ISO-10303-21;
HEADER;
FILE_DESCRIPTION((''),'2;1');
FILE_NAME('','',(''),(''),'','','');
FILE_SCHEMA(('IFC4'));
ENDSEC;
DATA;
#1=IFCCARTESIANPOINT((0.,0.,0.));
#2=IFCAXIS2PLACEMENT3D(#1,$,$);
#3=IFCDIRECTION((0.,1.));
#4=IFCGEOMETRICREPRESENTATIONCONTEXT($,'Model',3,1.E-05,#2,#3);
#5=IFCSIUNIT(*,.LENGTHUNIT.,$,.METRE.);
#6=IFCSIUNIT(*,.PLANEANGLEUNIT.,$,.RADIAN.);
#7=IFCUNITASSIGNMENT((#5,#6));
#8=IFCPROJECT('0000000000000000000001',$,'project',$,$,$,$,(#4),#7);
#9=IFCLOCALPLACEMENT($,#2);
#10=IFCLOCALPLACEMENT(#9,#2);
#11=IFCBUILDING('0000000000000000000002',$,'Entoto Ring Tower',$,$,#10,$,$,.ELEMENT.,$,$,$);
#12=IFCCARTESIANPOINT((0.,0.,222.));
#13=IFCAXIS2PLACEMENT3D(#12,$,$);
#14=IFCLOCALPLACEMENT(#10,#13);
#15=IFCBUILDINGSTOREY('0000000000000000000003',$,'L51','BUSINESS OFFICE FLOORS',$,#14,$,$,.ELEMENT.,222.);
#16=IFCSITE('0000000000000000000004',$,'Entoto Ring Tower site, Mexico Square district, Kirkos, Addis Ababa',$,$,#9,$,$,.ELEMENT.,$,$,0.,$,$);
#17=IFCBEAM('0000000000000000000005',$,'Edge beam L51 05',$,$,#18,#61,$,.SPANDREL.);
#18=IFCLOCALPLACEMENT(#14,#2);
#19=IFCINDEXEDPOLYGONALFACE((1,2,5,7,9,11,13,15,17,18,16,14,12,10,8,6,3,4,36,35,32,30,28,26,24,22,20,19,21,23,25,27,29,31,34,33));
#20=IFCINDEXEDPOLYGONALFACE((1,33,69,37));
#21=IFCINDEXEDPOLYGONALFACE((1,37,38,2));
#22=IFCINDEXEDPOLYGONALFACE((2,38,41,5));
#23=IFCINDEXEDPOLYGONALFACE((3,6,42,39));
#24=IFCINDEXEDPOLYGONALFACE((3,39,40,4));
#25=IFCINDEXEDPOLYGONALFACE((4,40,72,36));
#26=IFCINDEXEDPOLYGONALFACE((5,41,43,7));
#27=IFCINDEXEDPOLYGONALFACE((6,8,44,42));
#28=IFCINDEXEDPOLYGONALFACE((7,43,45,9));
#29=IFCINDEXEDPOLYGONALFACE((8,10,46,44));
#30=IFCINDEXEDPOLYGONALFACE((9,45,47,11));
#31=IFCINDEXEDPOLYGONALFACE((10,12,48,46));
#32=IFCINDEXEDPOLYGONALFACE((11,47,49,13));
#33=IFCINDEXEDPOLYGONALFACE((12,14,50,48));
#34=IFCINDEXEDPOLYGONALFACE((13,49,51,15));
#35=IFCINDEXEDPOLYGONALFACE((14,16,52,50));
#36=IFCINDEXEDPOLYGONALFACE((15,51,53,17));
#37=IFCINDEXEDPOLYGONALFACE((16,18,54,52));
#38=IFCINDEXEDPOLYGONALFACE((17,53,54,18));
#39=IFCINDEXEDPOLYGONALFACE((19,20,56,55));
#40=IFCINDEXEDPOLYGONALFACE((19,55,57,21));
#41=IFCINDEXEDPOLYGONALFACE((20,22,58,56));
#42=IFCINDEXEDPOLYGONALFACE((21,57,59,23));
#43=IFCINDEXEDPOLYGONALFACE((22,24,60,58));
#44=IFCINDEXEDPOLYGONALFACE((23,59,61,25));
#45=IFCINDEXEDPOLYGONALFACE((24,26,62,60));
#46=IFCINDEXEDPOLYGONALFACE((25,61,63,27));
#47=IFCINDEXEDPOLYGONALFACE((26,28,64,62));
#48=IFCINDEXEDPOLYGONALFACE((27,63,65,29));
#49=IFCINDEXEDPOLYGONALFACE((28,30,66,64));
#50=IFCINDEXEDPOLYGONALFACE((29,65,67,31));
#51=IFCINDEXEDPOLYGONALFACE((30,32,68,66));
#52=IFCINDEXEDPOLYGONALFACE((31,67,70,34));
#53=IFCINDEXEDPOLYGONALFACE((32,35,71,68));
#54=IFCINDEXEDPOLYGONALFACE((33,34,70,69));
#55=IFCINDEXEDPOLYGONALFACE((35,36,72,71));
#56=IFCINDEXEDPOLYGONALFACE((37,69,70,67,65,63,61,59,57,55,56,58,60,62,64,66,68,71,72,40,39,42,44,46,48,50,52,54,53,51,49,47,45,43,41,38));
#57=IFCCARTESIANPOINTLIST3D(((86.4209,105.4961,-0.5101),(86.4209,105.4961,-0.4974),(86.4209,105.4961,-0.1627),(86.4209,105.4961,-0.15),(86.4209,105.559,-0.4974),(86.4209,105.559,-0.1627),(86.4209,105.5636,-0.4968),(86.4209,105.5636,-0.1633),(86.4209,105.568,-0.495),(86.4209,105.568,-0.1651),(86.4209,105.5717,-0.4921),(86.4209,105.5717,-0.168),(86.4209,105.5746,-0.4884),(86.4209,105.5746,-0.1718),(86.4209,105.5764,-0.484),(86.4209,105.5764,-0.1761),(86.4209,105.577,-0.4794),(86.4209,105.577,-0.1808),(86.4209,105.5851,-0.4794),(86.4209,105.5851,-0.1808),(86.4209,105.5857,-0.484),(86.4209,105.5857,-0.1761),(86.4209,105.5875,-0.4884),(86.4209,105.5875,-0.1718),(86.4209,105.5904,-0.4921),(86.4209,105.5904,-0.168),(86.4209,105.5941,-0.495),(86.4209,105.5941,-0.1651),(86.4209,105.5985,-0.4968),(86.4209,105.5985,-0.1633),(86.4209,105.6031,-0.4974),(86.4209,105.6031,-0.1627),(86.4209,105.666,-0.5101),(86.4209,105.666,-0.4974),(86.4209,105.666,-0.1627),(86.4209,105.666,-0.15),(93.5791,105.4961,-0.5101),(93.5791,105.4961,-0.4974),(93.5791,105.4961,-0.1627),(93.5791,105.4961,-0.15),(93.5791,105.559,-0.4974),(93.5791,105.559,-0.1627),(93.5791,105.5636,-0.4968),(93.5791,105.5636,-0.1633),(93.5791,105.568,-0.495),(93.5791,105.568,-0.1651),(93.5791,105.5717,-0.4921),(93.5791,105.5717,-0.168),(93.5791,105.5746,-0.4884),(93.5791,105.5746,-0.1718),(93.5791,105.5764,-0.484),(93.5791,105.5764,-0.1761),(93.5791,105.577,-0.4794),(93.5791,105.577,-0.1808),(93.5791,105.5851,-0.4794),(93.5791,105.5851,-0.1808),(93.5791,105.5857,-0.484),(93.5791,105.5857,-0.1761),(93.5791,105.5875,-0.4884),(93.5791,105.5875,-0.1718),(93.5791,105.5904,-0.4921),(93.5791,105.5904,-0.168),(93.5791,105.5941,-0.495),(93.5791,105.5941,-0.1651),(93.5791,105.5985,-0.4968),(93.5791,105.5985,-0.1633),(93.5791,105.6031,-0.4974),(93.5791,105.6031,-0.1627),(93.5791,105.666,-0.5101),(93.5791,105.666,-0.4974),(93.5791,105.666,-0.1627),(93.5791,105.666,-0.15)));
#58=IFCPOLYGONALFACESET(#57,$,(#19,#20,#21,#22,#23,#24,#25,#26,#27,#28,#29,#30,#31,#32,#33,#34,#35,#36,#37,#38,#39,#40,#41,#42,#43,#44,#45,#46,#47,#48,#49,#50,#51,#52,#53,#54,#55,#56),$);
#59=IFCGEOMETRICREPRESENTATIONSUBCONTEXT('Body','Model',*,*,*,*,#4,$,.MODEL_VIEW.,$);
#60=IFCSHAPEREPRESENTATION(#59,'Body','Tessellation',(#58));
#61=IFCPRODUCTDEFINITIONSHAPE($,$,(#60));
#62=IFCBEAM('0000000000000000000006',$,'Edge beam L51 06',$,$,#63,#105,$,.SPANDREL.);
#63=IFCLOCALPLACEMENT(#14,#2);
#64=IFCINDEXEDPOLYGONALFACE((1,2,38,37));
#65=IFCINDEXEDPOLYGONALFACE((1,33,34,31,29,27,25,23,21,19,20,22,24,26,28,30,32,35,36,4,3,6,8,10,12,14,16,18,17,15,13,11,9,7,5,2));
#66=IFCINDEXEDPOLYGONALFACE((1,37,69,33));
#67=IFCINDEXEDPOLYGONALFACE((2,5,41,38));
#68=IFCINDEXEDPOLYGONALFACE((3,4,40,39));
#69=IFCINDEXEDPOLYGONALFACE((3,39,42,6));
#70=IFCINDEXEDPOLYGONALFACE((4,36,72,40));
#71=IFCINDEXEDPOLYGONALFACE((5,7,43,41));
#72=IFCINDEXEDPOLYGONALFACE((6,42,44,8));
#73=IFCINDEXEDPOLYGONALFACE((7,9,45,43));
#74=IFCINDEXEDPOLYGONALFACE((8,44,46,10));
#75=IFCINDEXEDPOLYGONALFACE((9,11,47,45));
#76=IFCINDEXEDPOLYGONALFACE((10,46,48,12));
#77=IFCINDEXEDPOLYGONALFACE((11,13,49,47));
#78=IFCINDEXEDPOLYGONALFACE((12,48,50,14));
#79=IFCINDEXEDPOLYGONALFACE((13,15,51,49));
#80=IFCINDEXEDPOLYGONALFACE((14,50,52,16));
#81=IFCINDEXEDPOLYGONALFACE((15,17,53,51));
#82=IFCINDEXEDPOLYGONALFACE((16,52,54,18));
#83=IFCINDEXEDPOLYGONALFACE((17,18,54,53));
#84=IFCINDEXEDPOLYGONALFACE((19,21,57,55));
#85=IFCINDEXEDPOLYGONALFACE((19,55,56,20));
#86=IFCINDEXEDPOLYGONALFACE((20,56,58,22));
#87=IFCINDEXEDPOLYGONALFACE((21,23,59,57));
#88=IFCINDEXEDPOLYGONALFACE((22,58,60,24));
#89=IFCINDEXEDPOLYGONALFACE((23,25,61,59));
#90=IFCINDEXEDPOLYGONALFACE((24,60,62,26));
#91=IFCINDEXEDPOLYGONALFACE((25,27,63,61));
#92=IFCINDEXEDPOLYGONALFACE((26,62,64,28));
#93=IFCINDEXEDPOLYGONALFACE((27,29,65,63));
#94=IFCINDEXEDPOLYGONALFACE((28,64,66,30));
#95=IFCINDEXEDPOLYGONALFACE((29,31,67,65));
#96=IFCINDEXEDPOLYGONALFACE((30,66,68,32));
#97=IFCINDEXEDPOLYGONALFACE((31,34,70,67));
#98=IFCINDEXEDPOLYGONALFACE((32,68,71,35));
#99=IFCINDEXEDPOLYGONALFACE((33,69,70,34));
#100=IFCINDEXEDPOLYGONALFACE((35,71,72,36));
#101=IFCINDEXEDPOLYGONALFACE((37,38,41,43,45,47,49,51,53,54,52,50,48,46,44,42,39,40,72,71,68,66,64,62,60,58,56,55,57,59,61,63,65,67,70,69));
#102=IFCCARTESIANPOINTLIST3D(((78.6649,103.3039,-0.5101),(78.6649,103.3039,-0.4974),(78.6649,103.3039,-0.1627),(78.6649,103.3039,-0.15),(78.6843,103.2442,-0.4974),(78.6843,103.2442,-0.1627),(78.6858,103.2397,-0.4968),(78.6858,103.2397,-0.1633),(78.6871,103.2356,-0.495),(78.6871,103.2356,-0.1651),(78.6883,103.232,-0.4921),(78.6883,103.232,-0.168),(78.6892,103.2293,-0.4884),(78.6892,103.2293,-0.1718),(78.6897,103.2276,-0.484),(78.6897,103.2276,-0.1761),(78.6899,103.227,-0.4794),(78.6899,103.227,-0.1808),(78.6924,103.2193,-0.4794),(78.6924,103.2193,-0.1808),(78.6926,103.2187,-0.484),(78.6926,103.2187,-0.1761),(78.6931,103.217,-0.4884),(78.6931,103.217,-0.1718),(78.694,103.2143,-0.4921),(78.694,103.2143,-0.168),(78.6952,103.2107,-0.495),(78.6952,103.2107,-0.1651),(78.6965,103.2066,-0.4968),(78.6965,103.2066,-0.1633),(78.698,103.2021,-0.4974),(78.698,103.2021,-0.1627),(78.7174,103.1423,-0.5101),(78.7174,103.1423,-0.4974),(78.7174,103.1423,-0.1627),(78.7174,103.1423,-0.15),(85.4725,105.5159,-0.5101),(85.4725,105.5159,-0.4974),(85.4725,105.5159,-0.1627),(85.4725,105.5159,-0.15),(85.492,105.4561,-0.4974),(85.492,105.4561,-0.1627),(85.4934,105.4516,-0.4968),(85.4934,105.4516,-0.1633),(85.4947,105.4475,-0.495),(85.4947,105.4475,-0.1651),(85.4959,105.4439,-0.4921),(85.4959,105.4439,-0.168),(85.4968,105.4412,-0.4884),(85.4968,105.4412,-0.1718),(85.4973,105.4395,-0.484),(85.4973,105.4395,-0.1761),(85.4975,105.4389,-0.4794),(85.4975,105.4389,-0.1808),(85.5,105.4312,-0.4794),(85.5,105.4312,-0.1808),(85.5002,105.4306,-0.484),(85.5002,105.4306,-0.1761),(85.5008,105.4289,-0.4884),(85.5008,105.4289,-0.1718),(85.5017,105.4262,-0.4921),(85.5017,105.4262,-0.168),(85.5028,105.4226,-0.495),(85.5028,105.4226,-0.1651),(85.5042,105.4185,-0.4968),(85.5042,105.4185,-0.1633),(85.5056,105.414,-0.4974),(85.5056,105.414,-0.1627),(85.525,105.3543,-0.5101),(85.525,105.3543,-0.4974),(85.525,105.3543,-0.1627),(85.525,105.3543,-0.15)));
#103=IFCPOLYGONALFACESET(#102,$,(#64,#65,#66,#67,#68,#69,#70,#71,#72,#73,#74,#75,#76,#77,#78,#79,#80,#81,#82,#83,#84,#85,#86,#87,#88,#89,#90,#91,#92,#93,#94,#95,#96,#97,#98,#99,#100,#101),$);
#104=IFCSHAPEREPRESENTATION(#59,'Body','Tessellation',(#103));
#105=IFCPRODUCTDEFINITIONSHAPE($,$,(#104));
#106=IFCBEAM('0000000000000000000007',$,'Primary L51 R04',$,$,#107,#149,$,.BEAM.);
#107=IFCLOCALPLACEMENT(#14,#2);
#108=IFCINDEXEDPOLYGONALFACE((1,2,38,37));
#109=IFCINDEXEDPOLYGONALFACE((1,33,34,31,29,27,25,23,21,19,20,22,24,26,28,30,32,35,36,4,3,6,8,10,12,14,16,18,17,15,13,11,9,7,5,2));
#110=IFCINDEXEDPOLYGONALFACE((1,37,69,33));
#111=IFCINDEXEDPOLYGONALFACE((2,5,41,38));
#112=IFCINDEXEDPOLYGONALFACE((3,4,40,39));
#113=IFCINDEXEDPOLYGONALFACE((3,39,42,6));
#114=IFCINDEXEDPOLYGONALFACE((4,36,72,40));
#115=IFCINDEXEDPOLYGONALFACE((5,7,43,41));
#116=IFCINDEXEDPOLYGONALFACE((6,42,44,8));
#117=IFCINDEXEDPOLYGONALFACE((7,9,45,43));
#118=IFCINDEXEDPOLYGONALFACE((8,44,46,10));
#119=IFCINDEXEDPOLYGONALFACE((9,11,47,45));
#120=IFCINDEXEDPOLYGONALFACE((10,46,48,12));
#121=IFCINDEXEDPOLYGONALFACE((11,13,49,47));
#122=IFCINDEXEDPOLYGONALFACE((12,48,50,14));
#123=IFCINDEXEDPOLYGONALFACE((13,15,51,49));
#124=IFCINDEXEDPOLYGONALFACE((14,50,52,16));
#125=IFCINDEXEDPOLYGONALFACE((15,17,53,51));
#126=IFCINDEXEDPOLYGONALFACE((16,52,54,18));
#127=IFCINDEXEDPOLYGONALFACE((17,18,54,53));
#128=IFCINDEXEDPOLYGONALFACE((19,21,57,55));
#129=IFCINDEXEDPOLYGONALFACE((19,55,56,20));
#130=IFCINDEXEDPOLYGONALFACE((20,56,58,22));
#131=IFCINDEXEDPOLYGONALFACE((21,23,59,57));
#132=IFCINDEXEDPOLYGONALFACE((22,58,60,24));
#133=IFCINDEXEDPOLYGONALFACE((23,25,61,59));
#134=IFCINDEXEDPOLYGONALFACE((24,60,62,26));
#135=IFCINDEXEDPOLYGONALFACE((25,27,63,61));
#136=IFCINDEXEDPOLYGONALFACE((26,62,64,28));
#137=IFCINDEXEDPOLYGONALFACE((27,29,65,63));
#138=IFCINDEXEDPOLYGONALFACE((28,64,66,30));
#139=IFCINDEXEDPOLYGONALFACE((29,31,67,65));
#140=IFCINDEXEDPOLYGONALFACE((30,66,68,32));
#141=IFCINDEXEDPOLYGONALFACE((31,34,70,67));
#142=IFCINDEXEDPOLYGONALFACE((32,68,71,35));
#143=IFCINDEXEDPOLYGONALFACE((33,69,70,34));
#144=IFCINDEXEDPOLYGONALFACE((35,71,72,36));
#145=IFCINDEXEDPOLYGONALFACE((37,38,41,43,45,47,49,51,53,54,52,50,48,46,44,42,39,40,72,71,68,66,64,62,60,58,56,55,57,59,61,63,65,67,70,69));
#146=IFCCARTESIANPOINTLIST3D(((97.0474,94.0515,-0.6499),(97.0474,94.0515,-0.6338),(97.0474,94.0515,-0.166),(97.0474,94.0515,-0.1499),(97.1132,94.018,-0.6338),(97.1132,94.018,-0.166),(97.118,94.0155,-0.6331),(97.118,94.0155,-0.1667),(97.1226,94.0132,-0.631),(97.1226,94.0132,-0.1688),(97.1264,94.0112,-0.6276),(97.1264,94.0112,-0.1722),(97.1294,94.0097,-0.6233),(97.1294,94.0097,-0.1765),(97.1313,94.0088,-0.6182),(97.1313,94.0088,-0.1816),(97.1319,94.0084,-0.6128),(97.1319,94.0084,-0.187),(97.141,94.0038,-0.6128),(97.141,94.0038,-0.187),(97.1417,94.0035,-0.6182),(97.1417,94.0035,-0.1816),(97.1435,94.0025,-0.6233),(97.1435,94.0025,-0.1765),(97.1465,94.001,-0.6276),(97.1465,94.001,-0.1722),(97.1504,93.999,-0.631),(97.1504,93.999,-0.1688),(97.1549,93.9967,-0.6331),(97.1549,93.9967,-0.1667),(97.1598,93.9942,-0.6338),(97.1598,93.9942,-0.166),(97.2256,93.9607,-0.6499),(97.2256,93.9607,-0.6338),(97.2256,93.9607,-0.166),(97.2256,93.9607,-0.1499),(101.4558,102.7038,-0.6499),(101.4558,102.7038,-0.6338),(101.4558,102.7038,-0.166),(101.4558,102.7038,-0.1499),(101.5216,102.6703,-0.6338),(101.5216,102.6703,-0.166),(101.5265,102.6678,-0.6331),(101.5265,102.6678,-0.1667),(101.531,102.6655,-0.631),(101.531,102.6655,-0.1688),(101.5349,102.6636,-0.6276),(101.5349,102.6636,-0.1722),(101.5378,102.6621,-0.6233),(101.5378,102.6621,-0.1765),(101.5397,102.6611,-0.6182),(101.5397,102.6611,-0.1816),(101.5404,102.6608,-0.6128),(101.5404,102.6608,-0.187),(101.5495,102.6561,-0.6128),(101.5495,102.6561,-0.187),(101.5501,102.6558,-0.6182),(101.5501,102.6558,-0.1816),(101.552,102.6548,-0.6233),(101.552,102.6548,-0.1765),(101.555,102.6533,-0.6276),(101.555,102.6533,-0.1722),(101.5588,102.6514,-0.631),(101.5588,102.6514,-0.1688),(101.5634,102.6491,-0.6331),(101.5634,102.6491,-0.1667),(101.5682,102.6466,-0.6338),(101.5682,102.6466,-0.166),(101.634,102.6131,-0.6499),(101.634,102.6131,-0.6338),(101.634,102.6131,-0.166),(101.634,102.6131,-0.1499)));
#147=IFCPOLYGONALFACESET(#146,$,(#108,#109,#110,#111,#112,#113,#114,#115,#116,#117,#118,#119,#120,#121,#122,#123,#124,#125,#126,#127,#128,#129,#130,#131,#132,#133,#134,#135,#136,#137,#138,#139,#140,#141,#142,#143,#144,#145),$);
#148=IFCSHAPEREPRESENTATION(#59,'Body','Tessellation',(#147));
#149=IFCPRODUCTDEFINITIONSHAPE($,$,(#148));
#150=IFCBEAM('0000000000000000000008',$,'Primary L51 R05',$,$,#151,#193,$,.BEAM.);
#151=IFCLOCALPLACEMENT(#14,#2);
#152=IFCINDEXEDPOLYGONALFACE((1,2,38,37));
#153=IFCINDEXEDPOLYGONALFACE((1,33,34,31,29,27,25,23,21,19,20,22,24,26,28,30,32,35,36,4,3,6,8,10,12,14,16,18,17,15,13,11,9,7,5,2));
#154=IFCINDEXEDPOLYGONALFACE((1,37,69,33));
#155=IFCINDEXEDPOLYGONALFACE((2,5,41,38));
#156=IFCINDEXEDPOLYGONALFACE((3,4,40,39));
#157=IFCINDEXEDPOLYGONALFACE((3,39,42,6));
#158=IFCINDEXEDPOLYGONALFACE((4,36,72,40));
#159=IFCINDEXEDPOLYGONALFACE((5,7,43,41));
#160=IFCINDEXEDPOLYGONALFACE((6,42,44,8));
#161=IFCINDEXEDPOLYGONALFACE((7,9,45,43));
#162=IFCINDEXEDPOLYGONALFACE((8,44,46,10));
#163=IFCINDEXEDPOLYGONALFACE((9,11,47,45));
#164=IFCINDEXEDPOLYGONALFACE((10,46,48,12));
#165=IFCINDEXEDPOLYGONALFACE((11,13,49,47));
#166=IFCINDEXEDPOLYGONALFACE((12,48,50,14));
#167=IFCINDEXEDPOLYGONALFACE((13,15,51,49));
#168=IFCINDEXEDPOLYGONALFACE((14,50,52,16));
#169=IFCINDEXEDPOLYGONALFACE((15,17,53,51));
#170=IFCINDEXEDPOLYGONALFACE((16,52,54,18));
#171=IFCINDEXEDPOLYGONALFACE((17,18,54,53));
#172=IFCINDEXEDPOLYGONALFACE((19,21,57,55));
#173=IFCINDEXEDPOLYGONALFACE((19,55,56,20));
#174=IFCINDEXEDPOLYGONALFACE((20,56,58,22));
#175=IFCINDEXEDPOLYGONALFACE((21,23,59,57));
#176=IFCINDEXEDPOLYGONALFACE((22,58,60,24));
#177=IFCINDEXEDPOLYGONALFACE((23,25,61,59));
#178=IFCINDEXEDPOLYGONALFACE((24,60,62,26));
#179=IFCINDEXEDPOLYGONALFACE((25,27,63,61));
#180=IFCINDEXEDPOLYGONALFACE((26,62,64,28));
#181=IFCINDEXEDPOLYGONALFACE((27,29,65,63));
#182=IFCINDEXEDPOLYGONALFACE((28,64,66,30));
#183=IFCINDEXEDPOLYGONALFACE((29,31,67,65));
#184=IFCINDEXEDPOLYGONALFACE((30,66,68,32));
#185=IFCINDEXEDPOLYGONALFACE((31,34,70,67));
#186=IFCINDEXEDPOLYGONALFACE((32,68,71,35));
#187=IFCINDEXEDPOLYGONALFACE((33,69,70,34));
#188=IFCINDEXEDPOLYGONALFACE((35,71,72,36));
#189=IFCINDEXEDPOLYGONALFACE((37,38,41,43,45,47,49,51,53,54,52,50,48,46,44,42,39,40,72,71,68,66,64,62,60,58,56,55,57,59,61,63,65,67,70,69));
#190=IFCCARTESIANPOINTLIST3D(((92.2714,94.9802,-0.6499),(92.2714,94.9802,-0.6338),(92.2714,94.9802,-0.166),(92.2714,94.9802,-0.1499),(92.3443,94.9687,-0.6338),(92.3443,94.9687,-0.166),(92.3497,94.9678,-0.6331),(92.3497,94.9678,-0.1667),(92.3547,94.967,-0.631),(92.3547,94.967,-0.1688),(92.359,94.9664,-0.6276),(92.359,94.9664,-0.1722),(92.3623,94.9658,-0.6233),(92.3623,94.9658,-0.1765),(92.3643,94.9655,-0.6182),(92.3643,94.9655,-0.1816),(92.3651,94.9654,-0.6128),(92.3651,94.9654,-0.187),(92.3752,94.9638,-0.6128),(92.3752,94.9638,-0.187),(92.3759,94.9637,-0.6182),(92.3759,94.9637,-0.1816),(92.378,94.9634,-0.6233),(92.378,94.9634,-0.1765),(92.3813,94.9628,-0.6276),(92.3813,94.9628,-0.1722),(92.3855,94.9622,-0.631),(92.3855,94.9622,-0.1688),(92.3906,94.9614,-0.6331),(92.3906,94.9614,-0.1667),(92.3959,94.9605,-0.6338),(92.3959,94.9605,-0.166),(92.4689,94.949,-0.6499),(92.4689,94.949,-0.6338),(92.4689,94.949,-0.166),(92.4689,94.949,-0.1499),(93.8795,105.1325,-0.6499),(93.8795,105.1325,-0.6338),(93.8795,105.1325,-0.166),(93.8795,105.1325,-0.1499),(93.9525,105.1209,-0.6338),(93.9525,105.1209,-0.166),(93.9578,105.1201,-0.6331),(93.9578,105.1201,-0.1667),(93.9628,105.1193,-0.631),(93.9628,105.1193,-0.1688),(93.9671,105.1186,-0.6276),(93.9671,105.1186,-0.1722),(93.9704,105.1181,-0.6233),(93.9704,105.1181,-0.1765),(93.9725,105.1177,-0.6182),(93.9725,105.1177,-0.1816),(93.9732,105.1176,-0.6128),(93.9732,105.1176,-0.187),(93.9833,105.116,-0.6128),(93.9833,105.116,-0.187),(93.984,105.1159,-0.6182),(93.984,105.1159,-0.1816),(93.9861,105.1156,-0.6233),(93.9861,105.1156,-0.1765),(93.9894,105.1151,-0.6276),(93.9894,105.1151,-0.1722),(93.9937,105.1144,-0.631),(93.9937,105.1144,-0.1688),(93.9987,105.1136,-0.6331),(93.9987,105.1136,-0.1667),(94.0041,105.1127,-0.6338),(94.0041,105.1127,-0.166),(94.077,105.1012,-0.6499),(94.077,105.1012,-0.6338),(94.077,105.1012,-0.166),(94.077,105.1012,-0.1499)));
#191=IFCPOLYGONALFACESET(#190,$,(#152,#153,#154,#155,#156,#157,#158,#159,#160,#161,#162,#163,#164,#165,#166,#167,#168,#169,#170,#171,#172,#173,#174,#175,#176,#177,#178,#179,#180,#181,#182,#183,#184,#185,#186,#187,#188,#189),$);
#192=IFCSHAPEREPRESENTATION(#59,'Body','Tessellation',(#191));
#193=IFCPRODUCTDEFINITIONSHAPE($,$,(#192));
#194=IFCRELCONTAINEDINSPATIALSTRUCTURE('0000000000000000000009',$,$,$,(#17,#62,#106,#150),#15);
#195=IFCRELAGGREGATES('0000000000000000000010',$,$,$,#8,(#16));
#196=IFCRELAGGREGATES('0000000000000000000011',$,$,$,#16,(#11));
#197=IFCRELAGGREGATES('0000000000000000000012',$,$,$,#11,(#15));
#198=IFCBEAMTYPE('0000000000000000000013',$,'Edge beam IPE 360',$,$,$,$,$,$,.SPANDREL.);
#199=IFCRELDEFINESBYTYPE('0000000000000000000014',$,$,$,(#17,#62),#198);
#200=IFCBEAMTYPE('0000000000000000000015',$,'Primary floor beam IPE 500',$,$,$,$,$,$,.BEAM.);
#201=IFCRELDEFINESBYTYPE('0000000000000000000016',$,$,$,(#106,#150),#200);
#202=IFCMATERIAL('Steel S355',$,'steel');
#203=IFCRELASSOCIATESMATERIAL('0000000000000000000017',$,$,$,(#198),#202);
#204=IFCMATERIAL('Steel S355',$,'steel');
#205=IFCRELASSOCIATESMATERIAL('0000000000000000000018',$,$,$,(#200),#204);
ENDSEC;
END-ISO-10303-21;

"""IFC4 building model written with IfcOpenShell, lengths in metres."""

from ifc_helpers import new_model, si_unit, direction, frame, origin, origin_2d, place, context, subcontext, project, spatial, i_section, extrude, material, material_profile, profile_set, type_object, element, save


model = new_model("IFC4")

# Units and contexts
model_context = context("Model", 3, precision=1e-05, world=origin(), true_north=direction((0.0, 1.0)))
body_context = subcontext(model_context, "Body", "Model", "MODEL_VIEW")
ifc_project = project(units=[si_unit("LENGTHUNIT", "METRE"), si_unit("PLANEANGLEUNIT", "RADIAN")], contexts=[model_context])

# Site, building, storey
site_placement = place(None, origin())
site = spatial("IfcSite", under=ifc_project, at=site_placement, Name="Entoto Ring Tower site, Mexico Square district, Kirkos, Addis Ababa", CompositionType="ELEMENT", RefElevation=0.0)
building_placement = place(site_placement, origin())
building = spatial("IfcBuilding", under=site, at=building_placement, Name="Entoto Ring Tower", CompositionType="ELEMENT")
storey_placement = place(building_placement, frame((0.0, 0.0, 222.0)))
storey = spatial("IfcBuildingStorey", under=building, at=storey_placement, Name="L51", Description="BUSINESS OFFICE FLOORS", CompositionType="ELEMENT", Elevation=222.0)

# Beams
ifc_material_1 = material(Name="Steel S355", Category="steel")
ifc_material_profile_1 = material_profile(ifc_material_1, i_section(OverallWidth=0.1699, OverallDepth=0.3601, WebThickness=0.0081, FlangeThickness=0.0127, FilletRadius=0.0181, at=origin_2d()), Name="IPE 360")
ifc_profile_set_1 = profile_set([ifc_material_profile_1], Name="Steel S355")
beam_type_1 = type_object("IfcBeamType", Name="Edge beam IPE 360", PredefinedType="SPANDREL", material=ifc_profile_set_1)
beam_1_placement = place(storey_placement, frame((93.5791, 105.5811, -0.3301), z_axis=(-1.0, 0.0, 0.0), x_axis=(0.0, -1.0, 0.0)))
element("IfcBeam", 1, at=beam_1_placement, inside=storey, type_object=beam_type_1, Name="Edge beam L51 05", PredefinedType="SPANDREL", context=body_context, shape_type="SweptSolid", body=[
    extrude(i_section(OverallWidth=0.1699, OverallDepth=0.3601, WebThickness=0.0081, FlangeThickness=0.0127, FilletRadius=0.0181, at=origin_2d()), origin(), (0.0, 0.0, 1.0), 7.1582),
])
beam_2_placement = place(storey_placement, frame((85.4988, 105.4351, -0.3301), z_axis=(-0.951057, -0.309015, 0.0), x_axis=(0.309015, -0.951057, 0.0)))
element("IfcBeam", 2, at=beam_2_placement, inside=storey, type_object=beam_type_1, Name="Edge beam L51 06", PredefinedType="SPANDREL", context=body_context, shape_type="SweptSolid", body=[
    extrude(i_section(OverallWidth=0.1699, OverallDepth=0.3601, WebThickness=0.0081, FlangeThickness=0.0127, FilletRadius=0.0181, at=origin_2d()), origin(), (0.0, 0.0, 1.0), 7.158),
])
ifc_material_2 = material(Name="Steel S355", Category="steel")
ifc_material_profile_2 = material_profile(ifc_material_2, i_section(OverallWidth=0.2, OverallDepth=0.5, WebThickness=0.0103, FlangeThickness=0.0161, FilletRadius=0.021, at=origin_2d()), Name="IPE 500")
ifc_profile_set_2 = profile_set([ifc_material_profile_2], Name="Steel S355")
beam_type_2 = type_object("IfcBeamType", Name="Primary floor beam IPE 500", PredefinedType="BEAM", material=ifc_profile_set_2)
beam_3_placement = place(storey_placement, frame((97.1365, 94.0061, -0.3999), z_axis=(0.453979, 0.891012, 0.0), x_axis=(-0.891012, 0.453979, 0.0)))
element("IfcBeam", 3, at=beam_3_placement, inside=storey, type_object=beam_type_2, Name="Primary L51 R04", PredefinedType="BEAM", context=body_context, shape_type="SweptSolid", body=[
    extrude(i_section(OverallWidth=0.2, OverallDepth=0.5, WebThickness=0.0103, FlangeThickness=0.0161, FilletRadius=0.021, at=origin_2d()), origin(), (0.0, 0.0, 1.0), 9.7107),
])
for number, where, z_axis, x_axis, name in (
    (4, (92.3701, 94.9646, -0.3999), (0.156452, 0.987686, 0.0), (-0.987686, 0.156452, 0.0), "Primary L51 R05"),
):
    element("IfcBeam", number, at=place(storey_placement, frame(where, z_axis=z_axis, x_axis=x_axis)), inside=storey, type_object=beam_type_2, Name=name, PredefinedType="BEAM", context=body_context, shape_type="SweptSolid", body=[
        extrude(i_section(OverallWidth=0.2, OverallDepth=0.5, WebThickness=0.0103, FlangeThickness=0.0161, FilletRadius=0.021, at=origin_2d()), origin(), (0.0, 0.0, 1.0), 10.2788),
    ])

save(model, "model.ifc")
